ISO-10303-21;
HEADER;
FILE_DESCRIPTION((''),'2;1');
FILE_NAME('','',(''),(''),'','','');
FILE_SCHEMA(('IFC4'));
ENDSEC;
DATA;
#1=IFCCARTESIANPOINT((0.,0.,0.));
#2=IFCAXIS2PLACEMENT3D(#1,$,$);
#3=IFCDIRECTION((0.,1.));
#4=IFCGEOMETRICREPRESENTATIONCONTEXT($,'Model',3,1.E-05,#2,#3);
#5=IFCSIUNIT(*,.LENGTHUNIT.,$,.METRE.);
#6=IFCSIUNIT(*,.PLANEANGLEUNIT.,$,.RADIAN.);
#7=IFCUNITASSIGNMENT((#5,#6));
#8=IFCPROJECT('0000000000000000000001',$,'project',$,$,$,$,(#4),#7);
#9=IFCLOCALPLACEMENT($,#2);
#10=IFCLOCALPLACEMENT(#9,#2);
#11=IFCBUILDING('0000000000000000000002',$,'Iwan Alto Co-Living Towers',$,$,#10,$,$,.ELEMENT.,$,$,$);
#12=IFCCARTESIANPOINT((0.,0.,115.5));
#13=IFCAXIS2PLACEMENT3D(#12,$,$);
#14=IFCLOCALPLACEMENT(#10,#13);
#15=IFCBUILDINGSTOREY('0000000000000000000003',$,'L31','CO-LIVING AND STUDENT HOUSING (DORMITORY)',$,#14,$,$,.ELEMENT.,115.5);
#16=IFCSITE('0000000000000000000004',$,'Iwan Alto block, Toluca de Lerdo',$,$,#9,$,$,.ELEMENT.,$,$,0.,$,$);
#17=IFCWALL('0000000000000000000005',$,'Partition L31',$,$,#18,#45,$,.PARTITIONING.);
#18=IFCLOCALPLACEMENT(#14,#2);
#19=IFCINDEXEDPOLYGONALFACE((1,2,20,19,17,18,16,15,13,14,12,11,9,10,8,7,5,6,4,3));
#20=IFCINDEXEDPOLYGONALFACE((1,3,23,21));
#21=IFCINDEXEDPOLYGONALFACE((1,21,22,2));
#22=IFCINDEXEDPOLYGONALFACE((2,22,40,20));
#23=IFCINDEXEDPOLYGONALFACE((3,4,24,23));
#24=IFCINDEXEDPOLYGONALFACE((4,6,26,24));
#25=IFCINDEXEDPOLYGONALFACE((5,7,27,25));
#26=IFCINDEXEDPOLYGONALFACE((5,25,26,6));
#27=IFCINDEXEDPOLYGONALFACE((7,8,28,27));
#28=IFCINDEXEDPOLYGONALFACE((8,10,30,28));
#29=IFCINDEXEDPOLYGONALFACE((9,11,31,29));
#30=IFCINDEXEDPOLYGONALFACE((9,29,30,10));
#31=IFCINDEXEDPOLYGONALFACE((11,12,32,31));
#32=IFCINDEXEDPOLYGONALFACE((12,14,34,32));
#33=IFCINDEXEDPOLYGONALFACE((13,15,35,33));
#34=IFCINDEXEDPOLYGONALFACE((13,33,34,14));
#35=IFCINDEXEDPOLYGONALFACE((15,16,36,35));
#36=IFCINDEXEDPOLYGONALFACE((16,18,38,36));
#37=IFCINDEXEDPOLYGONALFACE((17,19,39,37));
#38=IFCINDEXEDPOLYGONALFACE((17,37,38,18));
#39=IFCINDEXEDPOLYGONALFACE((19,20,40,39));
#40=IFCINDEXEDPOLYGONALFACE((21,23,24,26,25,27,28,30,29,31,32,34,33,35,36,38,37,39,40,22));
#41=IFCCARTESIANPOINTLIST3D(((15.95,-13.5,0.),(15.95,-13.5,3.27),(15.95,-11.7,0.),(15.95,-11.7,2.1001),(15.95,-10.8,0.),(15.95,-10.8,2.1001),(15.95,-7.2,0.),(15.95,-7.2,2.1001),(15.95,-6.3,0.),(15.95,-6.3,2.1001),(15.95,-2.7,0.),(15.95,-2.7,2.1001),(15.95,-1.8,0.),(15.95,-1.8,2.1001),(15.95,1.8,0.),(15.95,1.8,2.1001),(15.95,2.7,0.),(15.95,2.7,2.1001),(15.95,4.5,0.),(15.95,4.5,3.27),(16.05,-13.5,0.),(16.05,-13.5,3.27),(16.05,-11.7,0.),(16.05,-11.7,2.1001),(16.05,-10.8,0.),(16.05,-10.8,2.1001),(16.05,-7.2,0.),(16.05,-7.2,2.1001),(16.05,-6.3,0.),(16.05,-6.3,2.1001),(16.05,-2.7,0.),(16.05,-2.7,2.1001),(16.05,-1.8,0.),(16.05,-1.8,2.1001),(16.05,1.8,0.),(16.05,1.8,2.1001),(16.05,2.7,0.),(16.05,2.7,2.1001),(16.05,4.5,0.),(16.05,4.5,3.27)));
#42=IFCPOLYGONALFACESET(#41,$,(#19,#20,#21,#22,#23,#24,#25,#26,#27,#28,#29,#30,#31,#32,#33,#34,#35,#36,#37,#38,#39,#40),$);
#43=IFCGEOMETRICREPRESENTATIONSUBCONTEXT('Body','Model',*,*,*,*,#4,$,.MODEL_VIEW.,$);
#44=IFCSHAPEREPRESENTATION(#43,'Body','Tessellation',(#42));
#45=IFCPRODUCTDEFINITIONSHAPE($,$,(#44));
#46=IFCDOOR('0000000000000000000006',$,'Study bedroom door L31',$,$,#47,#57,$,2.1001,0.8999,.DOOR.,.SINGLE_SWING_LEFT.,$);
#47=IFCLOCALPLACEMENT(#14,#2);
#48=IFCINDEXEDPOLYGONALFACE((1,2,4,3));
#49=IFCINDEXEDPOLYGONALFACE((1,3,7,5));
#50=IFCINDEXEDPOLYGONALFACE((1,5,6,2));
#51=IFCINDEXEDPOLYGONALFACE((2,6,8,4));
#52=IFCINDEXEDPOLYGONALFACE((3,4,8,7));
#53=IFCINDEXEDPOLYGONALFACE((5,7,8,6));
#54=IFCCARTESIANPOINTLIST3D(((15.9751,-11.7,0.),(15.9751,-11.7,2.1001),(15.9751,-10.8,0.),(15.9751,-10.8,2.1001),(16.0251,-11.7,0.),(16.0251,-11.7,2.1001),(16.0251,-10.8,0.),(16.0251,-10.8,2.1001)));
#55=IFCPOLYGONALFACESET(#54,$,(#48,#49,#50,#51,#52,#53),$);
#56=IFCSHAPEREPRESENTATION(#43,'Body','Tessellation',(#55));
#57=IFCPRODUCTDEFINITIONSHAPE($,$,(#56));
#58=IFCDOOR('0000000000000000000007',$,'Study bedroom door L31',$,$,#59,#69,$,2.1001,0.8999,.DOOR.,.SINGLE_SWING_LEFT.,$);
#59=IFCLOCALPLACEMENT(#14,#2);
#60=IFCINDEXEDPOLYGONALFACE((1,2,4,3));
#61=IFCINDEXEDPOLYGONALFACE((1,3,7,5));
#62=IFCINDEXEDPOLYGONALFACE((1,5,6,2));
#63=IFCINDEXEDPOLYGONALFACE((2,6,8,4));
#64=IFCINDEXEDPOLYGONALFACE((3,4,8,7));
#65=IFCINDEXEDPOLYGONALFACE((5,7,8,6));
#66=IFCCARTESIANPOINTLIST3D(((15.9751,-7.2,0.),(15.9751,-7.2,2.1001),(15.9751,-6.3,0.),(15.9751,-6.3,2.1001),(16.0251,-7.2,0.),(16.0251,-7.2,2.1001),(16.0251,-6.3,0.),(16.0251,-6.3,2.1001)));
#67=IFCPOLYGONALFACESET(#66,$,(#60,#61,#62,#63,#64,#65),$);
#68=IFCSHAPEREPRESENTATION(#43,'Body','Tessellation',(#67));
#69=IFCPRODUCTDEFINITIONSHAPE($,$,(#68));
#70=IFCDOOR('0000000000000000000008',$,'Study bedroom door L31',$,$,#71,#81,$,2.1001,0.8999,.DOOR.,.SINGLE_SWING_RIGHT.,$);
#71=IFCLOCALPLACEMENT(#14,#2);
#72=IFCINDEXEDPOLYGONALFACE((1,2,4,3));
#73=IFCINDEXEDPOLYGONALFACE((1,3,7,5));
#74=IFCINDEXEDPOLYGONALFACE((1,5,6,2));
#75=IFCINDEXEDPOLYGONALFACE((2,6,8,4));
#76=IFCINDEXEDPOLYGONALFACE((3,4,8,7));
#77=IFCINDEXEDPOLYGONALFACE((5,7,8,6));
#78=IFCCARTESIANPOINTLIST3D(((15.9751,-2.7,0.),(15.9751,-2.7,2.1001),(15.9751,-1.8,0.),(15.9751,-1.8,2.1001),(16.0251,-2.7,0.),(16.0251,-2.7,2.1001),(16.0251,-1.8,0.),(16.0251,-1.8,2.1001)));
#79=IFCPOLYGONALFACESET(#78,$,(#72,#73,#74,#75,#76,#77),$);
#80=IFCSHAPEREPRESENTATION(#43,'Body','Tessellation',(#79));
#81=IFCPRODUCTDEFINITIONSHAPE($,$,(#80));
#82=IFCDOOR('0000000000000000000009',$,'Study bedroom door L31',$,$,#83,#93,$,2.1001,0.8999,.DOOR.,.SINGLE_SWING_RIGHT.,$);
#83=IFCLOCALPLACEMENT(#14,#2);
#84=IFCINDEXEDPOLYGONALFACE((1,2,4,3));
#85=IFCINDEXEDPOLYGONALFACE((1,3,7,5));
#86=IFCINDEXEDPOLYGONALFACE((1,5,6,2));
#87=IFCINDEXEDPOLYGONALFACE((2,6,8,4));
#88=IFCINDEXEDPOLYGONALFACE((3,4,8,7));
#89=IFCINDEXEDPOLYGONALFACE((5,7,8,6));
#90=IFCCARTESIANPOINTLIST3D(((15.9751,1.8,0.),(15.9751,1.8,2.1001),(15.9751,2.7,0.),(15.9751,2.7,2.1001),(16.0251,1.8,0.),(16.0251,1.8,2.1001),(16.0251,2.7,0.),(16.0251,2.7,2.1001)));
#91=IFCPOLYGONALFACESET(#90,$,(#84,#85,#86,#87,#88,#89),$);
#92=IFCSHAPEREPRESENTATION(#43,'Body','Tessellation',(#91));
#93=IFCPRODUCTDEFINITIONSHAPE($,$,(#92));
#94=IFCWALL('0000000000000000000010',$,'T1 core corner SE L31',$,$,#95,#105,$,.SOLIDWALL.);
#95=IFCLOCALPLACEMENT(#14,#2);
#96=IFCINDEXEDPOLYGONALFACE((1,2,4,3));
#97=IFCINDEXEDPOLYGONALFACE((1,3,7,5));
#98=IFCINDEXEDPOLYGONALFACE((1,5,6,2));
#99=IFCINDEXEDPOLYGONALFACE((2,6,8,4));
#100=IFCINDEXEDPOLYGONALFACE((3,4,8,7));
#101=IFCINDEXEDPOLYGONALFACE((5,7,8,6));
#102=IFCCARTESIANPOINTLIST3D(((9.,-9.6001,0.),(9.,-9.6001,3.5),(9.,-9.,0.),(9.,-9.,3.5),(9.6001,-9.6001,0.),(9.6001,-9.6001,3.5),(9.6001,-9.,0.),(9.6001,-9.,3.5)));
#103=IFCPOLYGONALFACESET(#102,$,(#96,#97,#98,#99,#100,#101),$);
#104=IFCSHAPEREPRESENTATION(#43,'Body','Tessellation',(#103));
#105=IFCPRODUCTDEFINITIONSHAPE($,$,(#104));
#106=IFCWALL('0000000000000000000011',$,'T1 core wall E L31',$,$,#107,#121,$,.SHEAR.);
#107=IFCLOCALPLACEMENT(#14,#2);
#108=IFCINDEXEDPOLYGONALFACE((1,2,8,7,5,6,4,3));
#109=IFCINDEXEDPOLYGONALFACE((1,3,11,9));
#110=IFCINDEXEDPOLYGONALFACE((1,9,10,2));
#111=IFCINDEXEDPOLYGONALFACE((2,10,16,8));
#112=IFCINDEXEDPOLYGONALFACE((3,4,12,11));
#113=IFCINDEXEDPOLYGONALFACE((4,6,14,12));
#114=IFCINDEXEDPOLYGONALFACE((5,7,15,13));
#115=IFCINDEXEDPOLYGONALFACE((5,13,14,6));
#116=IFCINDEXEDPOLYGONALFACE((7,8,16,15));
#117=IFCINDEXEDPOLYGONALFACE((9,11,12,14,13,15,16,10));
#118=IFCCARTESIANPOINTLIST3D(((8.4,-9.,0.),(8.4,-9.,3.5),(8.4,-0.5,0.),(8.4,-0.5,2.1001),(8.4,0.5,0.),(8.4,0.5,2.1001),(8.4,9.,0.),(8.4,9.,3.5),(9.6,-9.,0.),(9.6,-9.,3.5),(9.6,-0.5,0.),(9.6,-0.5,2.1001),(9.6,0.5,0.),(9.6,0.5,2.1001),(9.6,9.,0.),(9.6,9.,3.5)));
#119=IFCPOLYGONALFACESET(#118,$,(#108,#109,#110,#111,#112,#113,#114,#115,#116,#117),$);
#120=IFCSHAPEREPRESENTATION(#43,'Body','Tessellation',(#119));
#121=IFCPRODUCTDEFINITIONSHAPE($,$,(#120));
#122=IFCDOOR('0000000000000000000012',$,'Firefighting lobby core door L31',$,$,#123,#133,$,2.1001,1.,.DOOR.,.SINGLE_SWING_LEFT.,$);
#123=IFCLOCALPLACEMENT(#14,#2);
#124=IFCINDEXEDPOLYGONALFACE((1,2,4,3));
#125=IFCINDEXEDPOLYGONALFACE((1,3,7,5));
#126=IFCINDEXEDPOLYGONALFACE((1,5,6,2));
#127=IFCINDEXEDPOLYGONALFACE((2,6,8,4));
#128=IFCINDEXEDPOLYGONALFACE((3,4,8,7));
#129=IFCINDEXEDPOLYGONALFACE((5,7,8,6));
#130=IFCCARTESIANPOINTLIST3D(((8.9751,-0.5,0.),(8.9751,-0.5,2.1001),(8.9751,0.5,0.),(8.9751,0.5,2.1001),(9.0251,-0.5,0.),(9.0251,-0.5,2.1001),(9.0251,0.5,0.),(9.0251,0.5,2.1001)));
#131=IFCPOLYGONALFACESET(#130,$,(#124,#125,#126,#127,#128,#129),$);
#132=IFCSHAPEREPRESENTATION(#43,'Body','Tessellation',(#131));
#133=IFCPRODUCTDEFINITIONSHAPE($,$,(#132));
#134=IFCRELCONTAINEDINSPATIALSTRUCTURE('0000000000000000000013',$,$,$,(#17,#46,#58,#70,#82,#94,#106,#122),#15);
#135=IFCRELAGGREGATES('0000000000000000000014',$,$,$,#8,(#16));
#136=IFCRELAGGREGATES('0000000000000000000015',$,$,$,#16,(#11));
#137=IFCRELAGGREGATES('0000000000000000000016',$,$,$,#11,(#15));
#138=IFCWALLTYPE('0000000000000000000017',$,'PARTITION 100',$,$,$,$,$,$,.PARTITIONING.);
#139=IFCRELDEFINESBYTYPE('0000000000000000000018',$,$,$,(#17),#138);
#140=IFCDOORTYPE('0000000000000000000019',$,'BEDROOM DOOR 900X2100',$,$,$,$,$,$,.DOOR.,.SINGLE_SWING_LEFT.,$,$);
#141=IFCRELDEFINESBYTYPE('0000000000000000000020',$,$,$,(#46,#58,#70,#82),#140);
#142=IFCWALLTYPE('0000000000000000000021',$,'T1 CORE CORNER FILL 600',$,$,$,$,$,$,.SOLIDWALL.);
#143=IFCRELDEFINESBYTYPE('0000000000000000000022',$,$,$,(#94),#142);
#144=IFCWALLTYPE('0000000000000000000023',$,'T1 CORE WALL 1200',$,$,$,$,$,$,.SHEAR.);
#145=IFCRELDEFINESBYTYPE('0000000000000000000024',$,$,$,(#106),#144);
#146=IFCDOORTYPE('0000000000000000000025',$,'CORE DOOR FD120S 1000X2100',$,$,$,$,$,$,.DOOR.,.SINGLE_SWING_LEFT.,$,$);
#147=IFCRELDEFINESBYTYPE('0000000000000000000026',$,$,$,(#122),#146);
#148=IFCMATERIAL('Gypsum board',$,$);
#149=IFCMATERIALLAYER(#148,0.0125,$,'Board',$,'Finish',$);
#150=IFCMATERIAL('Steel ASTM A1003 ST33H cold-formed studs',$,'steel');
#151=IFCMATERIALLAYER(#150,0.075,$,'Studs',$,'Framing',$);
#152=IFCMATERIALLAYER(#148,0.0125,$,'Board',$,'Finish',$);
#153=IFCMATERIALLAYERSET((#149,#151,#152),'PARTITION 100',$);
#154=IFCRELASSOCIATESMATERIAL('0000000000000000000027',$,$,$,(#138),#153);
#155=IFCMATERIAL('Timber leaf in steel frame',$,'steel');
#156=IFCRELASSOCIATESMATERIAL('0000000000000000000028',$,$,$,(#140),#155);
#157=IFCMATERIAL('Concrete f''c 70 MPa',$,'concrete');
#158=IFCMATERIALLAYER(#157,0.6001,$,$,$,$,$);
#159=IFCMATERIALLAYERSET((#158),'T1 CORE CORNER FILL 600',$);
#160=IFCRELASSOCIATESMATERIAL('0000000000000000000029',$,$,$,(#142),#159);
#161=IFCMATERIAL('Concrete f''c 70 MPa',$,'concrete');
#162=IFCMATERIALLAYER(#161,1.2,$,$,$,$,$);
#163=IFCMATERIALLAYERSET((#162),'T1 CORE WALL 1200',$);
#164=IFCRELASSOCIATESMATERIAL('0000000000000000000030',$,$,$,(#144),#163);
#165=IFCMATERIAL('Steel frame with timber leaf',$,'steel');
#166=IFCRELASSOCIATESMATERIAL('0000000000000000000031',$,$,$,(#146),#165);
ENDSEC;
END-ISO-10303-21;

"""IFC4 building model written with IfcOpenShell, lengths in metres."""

from ifc_helpers import new_model, si_unit, direction, frame, frame_2d, origin, place, context, subcontext, project, spatial, rectangle, extrude, material, layer, layer_set, type_object, element, fill, save


model = new_model("IFC4")

# Units and contexts
model_context = context("Model", 3, precision=1e-05, world=origin(), true_north=direction((0.0, 1.0)))
body_context = subcontext(model_context, "Body", "Model", "MODEL_VIEW")
ifc_project = project(units=[si_unit("LENGTHUNIT", "METRE"), si_unit("PLANEANGLEUNIT", "RADIAN")], contexts=[model_context])

# Site, building, storey
site_placement = place(None, origin())
site = spatial("IfcSite", under=ifc_project, at=site_placement, Name="Iwan Alto block, Toluca de Lerdo", CompositionType="ELEMENT", RefElevation=0.0)
building_placement = place(site_placement, origin())
building = spatial("IfcBuilding", under=site, at=building_placement, Name="Iwan Alto Co-Living Towers", CompositionType="ELEMENT")
storey_placement = place(building_placement, frame((0.0, 0.0, 115.5)))
storey = spatial("IfcBuildingStorey", under=building, at=storey_placement, Name="L31", Description="CO-LIVING AND STUDENT HOUSING (DORMITORY)", CompositionType="ELEMENT", Elevation=115.5)

# Shared definitions
ifc_material_1 = material(Name="Gypsum board")
ifc_material_2 = material(Name="Steel ASTM A1003 ST33H cold-formed studs", Category="steel")

# Shared definitions
ifc_layer_1 = layer(ifc_material_1, 0.0125, Name="Board", Category="Finish")
ifc_layer_2 = layer(ifc_material_2, 0.075, Name="Studs", Category="Framing")
ifc_layer_3 = layer(ifc_material_1, 0.0125, Name="Board", Category="Finish")
ifc_layer_set_1 = layer_set([ifc_layer_1, ifc_layer_2, ifc_layer_3], Name="PARTITION 100")
wall_type_1 = type_object("IfcWallType", Name="PARTITION 100", PredefinedType="PARTITIONING", material=ifc_layer_set_1)

# Wall, openings, doors
wall_1_placement = place(storey_placement, frame((16.0, -13.5, 0.0), z_axis=(0.0, 0.0, 1.0), x_axis=(0.0, 1.0, 0.0)))
wall_1 = element("IfcWall", 1, at=wall_1_placement, inside=storey, type_object=wall_type_1, Name="Partition L31", PredefinedType="PARTITIONING", context=body_context, shape_type="SweptSolid", body=[
    extrude(rectangle(XDim=18.0, YDim=0.1001, at=frame_2d((9.0, 0.0))), origin(), (0.0, 0.0, 1.0), 3.27),
])
opening_1_placement = place(wall_1_placement, frame((1.8, 0.0, 0.0)))
opening_1 = element("IfcOpeningElement", 2, at=opening_1_placement, cuts=wall_1, PredefinedType="OPENING", context=body_context, shape_type="SweptSolid", body=[
    extrude(rectangle(XDim=0.8999, YDim=2.1001, at=frame_2d((0.45, 1.05))), frame((0.0, 0.0601, 0.0), z_axis=(0.0, -1.0, 0.0), x_axis=(1.0, 0.0, 0.0)), (0.0, 0.0, 1.0), 0.1201),
])
opening_2_placement = place(wall_1_placement, frame((6.3, 0.0, 0.0)))
opening_2 = element("IfcOpeningElement", 3, at=opening_2_placement, cuts=wall_1, PredefinedType="OPENING", context=body_context, shape_type="SweptSolid", body=[
    extrude(rectangle(XDim=0.8999, YDim=2.1001, at=frame_2d((0.45, 1.05))), frame((0.0, 0.0601, 0.0), z_axis=(0.0, -1.0, 0.0), x_axis=(1.0, 0.0, 0.0)), (0.0, 0.0, 1.0), 0.1201),
])
opening_3_placement = place(wall_1_placement, frame((10.8, 0.0, 0.0)))
opening_3 = element("IfcOpeningElement", 4, at=opening_3_placement, cuts=wall_1, PredefinedType="OPENING", context=body_context, shape_type="SweptSolid", body=[
    extrude(rectangle(XDim=0.8999, YDim=2.1001, at=frame_2d((0.45, 1.05))), frame((0.0, 0.0601, 0.0), z_axis=(0.0, -1.0, 0.0), x_axis=(1.0, 0.0, 0.0)), (0.0, 0.0, 1.0), 0.1201),
])
opening_4_placement = place(wall_1_placement, frame((15.3, 0.0, 0.0)))
opening_4 = element("IfcOpeningElement", 5, at=opening_4_placement, cuts=wall_1, PredefinedType="OPENING", context=body_context, shape_type="SweptSolid", body=[
    extrude(rectangle(XDim=0.8999, YDim=2.1001, at=frame_2d((0.45, 1.05))), frame((0.0, 0.0601, 0.0), z_axis=(0.0, -1.0, 0.0), x_axis=(1.0, 0.0, 0.0)), (0.0, 0.0, 1.0), 0.1201),
])
ifc_material_3 = material(Name="Timber leaf in steel frame", Category="steel")
door_type_1 = type_object("IfcDoorType", Name="BEDROOM DOOR 900X2100", OperationType="SINGLE_SWING_LEFT", PredefinedType="DOOR", material=ifc_material_3)
door_1_placement = place(opening_1_placement, origin())
door_1 = element("IfcDoor", 6, at=door_1_placement, inside=storey, type_object=door_type_1, Name="Study bedroom door L31", OperationType="SINGLE_SWING_LEFT", OverallHeight=2.1001, OverallWidth=0.8999, PredefinedType="DOOR", context=body_context, shape_type="SweptSolid", body=[
    extrude(rectangle(XDim=0.8999, YDim=2.1001, at=frame_2d((0.45, 1.05))), frame((0.0, 0.0249, 0.0), z_axis=(0.0, -1.0, 0.0), x_axis=(1.0, 0.0, 0.0)), (0.0, 0.0, 1.0), 0.05),
])
fill(opening_1, door_1)
door_2_placement = place(opening_2_placement, origin())
door_2 = element("IfcDoor", 7, at=door_2_placement, inside=storey, type_object=door_type_1, Name="Study bedroom door L31", OperationType="SINGLE_SWING_LEFT", OverallHeight=2.1001, OverallWidth=0.8999, PredefinedType="DOOR", context=body_context, shape_type="SweptSolid", body=[
    extrude(rectangle(XDim=0.8999, YDim=2.1001, at=frame_2d((0.45, 1.05))), frame((0.0, 0.0249, 0.0), z_axis=(0.0, -1.0, 0.0), x_axis=(1.0, 0.0, 0.0)), (0.0, 0.0, 1.0), 0.05),
])
fill(opening_2, door_2)
door_3_placement = place(opening_3_placement, origin())
door_3 = element("IfcDoor", 8, at=door_3_placement, inside=storey, type_object=door_type_1, Name="Study bedroom door L31", OperationType="SINGLE_SWING_RIGHT", OverallHeight=2.1001, OverallWidth=0.8999, PredefinedType="DOOR", context=body_context, shape_type="SweptSolid", body=[
    extrude(rectangle(XDim=0.8999, YDim=2.1001, at=frame_2d((0.45, 1.05))), frame((0.0, 0.0249, 0.0), z_axis=(0.0, -1.0, 0.0), x_axis=(1.0, 0.0, 0.0)), (0.0, 0.0, 1.0), 0.05),
])
fill(opening_3, door_3)
door_4_placement = place(opening_4_placement, origin())
door_4 = element("IfcDoor", 9, at=door_4_placement, inside=storey, type_object=door_type_1, Name="Study bedroom door L31", OperationType="SINGLE_SWING_RIGHT", OverallHeight=2.1001, OverallWidth=0.8999, PredefinedType="DOOR", context=body_context, shape_type="SweptSolid", body=[
    extrude(rectangle(XDim=0.8999, YDim=2.1001, at=frame_2d((0.45, 1.05))), frame((0.0, 0.0249, 0.0), z_axis=(0.0, -1.0, 0.0), x_axis=(1.0, 0.0, 0.0)), (0.0, 0.0, 1.0), 0.05),
])
fill(opening_4, door_4)

# Wall
ifc_material_4 = material(Name="Concrete f'c 70 MPa", Category="concrete")
ifc_layer_4 = layer(ifc_material_4, 0.6001)
ifc_layer_set_2 = layer_set([ifc_layer_4], Name="T1 CORE CORNER FILL 600")
wall_type_2 = type_object("IfcWallType", Name="T1 CORE CORNER FILL 600", PredefinedType="SOLIDWALL", material=ifc_layer_set_2)
wall_2_placement = place(storey_placement, frame((9.0, -9.3, 0.0), z_axis=(0.0, 0.0, 1.0), x_axis=(1.0, 0.0, 0.0)))
element("IfcWall", 10, at=wall_2_placement, inside=storey, type_object=wall_type_2, Name="T1 core corner SE L31", PredefinedType="SOLIDWALL", context=body_context, shape_type="SweptSolid", body=[
    extrude(rectangle(XDim=0.6001, YDim=0.6001, at=frame_2d((0.3, 0.0))), origin(), (0.0, 0.0, 1.0), 3.5),
])

# Wall, opening, door
ifc_material_5 = material(Name="Concrete f'c 70 MPa", Category="concrete")
ifc_layer_5 = layer(ifc_material_5, 1.2)
ifc_layer_set_3 = layer_set([ifc_layer_5], Name="T1 CORE WALL 1200")
wall_type_3 = type_object("IfcWallType", Name="T1 CORE WALL 1200", PredefinedType="SHEAR", material=ifc_layer_set_3)
wall_3_placement = place(storey_placement, frame((9.0, -9.0, 0.0), z_axis=(0.0, 0.0, 1.0), x_axis=(0.0, 1.0, 0.0)))
wall_3 = element("IfcWall", 11, at=wall_3_placement, inside=storey, type_object=wall_type_3, Name="T1 core wall E L31", PredefinedType="SHEAR", context=body_context, shape_type="SweptSolid", body=[
    extrude(rectangle(XDim=18.0, YDim=1.2, at=frame_2d((9.0, 0.0))), origin(), (0.0, 0.0, 1.0), 3.5),
])
opening_5_placement = place(wall_3_placement, frame((8.5, 0.0, 0.0)))
opening_5 = element("IfcOpeningElement", 12, at=opening_5_placement, cuts=wall_3, PredefinedType="OPENING", context=body_context, shape_type="SweptSolid", body=[
    extrude(rectangle(XDim=1.0, YDim=2.1001, at=frame_2d((0.5, 1.05))), frame((0.0, 0.6099, 0.0), z_axis=(0.0, -1.0, 0.0), x_axis=(1.0, 0.0, 0.0)), (0.0, 0.0, 1.0), 1.22),
])
ifc_material_6 = material(Name="Steel frame with timber leaf", Category="steel")
door_type_2 = type_object("IfcDoorType", Name="CORE DOOR FD120S 1000X2100", OperationType="SINGLE_SWING_LEFT", PredefinedType="DOOR", material=ifc_material_6)
door_5_placement = place(opening_5_placement, origin())
door_5 = element("IfcDoor", 13, at=door_5_placement, inside=storey, type_object=door_type_2, Name="Firefighting lobby core door L31", OperationType="SINGLE_SWING_LEFT", OverallHeight=2.1001, OverallWidth=1.0, PredefinedType="DOOR", context=body_context, shape_type="SweptSolid", body=[
    extrude(rectangle(XDim=1.0, YDim=2.1001, at=frame_2d((0.5, 1.05))), frame((0.0, 0.0249, 0.0), z_axis=(0.0, -1.0, 0.0), x_axis=(1.0, 0.0, 0.0)), (0.0, 0.0, 1.0), 0.05),
])
fill(opening_5, door_5)

save(model, "model.ifc")
